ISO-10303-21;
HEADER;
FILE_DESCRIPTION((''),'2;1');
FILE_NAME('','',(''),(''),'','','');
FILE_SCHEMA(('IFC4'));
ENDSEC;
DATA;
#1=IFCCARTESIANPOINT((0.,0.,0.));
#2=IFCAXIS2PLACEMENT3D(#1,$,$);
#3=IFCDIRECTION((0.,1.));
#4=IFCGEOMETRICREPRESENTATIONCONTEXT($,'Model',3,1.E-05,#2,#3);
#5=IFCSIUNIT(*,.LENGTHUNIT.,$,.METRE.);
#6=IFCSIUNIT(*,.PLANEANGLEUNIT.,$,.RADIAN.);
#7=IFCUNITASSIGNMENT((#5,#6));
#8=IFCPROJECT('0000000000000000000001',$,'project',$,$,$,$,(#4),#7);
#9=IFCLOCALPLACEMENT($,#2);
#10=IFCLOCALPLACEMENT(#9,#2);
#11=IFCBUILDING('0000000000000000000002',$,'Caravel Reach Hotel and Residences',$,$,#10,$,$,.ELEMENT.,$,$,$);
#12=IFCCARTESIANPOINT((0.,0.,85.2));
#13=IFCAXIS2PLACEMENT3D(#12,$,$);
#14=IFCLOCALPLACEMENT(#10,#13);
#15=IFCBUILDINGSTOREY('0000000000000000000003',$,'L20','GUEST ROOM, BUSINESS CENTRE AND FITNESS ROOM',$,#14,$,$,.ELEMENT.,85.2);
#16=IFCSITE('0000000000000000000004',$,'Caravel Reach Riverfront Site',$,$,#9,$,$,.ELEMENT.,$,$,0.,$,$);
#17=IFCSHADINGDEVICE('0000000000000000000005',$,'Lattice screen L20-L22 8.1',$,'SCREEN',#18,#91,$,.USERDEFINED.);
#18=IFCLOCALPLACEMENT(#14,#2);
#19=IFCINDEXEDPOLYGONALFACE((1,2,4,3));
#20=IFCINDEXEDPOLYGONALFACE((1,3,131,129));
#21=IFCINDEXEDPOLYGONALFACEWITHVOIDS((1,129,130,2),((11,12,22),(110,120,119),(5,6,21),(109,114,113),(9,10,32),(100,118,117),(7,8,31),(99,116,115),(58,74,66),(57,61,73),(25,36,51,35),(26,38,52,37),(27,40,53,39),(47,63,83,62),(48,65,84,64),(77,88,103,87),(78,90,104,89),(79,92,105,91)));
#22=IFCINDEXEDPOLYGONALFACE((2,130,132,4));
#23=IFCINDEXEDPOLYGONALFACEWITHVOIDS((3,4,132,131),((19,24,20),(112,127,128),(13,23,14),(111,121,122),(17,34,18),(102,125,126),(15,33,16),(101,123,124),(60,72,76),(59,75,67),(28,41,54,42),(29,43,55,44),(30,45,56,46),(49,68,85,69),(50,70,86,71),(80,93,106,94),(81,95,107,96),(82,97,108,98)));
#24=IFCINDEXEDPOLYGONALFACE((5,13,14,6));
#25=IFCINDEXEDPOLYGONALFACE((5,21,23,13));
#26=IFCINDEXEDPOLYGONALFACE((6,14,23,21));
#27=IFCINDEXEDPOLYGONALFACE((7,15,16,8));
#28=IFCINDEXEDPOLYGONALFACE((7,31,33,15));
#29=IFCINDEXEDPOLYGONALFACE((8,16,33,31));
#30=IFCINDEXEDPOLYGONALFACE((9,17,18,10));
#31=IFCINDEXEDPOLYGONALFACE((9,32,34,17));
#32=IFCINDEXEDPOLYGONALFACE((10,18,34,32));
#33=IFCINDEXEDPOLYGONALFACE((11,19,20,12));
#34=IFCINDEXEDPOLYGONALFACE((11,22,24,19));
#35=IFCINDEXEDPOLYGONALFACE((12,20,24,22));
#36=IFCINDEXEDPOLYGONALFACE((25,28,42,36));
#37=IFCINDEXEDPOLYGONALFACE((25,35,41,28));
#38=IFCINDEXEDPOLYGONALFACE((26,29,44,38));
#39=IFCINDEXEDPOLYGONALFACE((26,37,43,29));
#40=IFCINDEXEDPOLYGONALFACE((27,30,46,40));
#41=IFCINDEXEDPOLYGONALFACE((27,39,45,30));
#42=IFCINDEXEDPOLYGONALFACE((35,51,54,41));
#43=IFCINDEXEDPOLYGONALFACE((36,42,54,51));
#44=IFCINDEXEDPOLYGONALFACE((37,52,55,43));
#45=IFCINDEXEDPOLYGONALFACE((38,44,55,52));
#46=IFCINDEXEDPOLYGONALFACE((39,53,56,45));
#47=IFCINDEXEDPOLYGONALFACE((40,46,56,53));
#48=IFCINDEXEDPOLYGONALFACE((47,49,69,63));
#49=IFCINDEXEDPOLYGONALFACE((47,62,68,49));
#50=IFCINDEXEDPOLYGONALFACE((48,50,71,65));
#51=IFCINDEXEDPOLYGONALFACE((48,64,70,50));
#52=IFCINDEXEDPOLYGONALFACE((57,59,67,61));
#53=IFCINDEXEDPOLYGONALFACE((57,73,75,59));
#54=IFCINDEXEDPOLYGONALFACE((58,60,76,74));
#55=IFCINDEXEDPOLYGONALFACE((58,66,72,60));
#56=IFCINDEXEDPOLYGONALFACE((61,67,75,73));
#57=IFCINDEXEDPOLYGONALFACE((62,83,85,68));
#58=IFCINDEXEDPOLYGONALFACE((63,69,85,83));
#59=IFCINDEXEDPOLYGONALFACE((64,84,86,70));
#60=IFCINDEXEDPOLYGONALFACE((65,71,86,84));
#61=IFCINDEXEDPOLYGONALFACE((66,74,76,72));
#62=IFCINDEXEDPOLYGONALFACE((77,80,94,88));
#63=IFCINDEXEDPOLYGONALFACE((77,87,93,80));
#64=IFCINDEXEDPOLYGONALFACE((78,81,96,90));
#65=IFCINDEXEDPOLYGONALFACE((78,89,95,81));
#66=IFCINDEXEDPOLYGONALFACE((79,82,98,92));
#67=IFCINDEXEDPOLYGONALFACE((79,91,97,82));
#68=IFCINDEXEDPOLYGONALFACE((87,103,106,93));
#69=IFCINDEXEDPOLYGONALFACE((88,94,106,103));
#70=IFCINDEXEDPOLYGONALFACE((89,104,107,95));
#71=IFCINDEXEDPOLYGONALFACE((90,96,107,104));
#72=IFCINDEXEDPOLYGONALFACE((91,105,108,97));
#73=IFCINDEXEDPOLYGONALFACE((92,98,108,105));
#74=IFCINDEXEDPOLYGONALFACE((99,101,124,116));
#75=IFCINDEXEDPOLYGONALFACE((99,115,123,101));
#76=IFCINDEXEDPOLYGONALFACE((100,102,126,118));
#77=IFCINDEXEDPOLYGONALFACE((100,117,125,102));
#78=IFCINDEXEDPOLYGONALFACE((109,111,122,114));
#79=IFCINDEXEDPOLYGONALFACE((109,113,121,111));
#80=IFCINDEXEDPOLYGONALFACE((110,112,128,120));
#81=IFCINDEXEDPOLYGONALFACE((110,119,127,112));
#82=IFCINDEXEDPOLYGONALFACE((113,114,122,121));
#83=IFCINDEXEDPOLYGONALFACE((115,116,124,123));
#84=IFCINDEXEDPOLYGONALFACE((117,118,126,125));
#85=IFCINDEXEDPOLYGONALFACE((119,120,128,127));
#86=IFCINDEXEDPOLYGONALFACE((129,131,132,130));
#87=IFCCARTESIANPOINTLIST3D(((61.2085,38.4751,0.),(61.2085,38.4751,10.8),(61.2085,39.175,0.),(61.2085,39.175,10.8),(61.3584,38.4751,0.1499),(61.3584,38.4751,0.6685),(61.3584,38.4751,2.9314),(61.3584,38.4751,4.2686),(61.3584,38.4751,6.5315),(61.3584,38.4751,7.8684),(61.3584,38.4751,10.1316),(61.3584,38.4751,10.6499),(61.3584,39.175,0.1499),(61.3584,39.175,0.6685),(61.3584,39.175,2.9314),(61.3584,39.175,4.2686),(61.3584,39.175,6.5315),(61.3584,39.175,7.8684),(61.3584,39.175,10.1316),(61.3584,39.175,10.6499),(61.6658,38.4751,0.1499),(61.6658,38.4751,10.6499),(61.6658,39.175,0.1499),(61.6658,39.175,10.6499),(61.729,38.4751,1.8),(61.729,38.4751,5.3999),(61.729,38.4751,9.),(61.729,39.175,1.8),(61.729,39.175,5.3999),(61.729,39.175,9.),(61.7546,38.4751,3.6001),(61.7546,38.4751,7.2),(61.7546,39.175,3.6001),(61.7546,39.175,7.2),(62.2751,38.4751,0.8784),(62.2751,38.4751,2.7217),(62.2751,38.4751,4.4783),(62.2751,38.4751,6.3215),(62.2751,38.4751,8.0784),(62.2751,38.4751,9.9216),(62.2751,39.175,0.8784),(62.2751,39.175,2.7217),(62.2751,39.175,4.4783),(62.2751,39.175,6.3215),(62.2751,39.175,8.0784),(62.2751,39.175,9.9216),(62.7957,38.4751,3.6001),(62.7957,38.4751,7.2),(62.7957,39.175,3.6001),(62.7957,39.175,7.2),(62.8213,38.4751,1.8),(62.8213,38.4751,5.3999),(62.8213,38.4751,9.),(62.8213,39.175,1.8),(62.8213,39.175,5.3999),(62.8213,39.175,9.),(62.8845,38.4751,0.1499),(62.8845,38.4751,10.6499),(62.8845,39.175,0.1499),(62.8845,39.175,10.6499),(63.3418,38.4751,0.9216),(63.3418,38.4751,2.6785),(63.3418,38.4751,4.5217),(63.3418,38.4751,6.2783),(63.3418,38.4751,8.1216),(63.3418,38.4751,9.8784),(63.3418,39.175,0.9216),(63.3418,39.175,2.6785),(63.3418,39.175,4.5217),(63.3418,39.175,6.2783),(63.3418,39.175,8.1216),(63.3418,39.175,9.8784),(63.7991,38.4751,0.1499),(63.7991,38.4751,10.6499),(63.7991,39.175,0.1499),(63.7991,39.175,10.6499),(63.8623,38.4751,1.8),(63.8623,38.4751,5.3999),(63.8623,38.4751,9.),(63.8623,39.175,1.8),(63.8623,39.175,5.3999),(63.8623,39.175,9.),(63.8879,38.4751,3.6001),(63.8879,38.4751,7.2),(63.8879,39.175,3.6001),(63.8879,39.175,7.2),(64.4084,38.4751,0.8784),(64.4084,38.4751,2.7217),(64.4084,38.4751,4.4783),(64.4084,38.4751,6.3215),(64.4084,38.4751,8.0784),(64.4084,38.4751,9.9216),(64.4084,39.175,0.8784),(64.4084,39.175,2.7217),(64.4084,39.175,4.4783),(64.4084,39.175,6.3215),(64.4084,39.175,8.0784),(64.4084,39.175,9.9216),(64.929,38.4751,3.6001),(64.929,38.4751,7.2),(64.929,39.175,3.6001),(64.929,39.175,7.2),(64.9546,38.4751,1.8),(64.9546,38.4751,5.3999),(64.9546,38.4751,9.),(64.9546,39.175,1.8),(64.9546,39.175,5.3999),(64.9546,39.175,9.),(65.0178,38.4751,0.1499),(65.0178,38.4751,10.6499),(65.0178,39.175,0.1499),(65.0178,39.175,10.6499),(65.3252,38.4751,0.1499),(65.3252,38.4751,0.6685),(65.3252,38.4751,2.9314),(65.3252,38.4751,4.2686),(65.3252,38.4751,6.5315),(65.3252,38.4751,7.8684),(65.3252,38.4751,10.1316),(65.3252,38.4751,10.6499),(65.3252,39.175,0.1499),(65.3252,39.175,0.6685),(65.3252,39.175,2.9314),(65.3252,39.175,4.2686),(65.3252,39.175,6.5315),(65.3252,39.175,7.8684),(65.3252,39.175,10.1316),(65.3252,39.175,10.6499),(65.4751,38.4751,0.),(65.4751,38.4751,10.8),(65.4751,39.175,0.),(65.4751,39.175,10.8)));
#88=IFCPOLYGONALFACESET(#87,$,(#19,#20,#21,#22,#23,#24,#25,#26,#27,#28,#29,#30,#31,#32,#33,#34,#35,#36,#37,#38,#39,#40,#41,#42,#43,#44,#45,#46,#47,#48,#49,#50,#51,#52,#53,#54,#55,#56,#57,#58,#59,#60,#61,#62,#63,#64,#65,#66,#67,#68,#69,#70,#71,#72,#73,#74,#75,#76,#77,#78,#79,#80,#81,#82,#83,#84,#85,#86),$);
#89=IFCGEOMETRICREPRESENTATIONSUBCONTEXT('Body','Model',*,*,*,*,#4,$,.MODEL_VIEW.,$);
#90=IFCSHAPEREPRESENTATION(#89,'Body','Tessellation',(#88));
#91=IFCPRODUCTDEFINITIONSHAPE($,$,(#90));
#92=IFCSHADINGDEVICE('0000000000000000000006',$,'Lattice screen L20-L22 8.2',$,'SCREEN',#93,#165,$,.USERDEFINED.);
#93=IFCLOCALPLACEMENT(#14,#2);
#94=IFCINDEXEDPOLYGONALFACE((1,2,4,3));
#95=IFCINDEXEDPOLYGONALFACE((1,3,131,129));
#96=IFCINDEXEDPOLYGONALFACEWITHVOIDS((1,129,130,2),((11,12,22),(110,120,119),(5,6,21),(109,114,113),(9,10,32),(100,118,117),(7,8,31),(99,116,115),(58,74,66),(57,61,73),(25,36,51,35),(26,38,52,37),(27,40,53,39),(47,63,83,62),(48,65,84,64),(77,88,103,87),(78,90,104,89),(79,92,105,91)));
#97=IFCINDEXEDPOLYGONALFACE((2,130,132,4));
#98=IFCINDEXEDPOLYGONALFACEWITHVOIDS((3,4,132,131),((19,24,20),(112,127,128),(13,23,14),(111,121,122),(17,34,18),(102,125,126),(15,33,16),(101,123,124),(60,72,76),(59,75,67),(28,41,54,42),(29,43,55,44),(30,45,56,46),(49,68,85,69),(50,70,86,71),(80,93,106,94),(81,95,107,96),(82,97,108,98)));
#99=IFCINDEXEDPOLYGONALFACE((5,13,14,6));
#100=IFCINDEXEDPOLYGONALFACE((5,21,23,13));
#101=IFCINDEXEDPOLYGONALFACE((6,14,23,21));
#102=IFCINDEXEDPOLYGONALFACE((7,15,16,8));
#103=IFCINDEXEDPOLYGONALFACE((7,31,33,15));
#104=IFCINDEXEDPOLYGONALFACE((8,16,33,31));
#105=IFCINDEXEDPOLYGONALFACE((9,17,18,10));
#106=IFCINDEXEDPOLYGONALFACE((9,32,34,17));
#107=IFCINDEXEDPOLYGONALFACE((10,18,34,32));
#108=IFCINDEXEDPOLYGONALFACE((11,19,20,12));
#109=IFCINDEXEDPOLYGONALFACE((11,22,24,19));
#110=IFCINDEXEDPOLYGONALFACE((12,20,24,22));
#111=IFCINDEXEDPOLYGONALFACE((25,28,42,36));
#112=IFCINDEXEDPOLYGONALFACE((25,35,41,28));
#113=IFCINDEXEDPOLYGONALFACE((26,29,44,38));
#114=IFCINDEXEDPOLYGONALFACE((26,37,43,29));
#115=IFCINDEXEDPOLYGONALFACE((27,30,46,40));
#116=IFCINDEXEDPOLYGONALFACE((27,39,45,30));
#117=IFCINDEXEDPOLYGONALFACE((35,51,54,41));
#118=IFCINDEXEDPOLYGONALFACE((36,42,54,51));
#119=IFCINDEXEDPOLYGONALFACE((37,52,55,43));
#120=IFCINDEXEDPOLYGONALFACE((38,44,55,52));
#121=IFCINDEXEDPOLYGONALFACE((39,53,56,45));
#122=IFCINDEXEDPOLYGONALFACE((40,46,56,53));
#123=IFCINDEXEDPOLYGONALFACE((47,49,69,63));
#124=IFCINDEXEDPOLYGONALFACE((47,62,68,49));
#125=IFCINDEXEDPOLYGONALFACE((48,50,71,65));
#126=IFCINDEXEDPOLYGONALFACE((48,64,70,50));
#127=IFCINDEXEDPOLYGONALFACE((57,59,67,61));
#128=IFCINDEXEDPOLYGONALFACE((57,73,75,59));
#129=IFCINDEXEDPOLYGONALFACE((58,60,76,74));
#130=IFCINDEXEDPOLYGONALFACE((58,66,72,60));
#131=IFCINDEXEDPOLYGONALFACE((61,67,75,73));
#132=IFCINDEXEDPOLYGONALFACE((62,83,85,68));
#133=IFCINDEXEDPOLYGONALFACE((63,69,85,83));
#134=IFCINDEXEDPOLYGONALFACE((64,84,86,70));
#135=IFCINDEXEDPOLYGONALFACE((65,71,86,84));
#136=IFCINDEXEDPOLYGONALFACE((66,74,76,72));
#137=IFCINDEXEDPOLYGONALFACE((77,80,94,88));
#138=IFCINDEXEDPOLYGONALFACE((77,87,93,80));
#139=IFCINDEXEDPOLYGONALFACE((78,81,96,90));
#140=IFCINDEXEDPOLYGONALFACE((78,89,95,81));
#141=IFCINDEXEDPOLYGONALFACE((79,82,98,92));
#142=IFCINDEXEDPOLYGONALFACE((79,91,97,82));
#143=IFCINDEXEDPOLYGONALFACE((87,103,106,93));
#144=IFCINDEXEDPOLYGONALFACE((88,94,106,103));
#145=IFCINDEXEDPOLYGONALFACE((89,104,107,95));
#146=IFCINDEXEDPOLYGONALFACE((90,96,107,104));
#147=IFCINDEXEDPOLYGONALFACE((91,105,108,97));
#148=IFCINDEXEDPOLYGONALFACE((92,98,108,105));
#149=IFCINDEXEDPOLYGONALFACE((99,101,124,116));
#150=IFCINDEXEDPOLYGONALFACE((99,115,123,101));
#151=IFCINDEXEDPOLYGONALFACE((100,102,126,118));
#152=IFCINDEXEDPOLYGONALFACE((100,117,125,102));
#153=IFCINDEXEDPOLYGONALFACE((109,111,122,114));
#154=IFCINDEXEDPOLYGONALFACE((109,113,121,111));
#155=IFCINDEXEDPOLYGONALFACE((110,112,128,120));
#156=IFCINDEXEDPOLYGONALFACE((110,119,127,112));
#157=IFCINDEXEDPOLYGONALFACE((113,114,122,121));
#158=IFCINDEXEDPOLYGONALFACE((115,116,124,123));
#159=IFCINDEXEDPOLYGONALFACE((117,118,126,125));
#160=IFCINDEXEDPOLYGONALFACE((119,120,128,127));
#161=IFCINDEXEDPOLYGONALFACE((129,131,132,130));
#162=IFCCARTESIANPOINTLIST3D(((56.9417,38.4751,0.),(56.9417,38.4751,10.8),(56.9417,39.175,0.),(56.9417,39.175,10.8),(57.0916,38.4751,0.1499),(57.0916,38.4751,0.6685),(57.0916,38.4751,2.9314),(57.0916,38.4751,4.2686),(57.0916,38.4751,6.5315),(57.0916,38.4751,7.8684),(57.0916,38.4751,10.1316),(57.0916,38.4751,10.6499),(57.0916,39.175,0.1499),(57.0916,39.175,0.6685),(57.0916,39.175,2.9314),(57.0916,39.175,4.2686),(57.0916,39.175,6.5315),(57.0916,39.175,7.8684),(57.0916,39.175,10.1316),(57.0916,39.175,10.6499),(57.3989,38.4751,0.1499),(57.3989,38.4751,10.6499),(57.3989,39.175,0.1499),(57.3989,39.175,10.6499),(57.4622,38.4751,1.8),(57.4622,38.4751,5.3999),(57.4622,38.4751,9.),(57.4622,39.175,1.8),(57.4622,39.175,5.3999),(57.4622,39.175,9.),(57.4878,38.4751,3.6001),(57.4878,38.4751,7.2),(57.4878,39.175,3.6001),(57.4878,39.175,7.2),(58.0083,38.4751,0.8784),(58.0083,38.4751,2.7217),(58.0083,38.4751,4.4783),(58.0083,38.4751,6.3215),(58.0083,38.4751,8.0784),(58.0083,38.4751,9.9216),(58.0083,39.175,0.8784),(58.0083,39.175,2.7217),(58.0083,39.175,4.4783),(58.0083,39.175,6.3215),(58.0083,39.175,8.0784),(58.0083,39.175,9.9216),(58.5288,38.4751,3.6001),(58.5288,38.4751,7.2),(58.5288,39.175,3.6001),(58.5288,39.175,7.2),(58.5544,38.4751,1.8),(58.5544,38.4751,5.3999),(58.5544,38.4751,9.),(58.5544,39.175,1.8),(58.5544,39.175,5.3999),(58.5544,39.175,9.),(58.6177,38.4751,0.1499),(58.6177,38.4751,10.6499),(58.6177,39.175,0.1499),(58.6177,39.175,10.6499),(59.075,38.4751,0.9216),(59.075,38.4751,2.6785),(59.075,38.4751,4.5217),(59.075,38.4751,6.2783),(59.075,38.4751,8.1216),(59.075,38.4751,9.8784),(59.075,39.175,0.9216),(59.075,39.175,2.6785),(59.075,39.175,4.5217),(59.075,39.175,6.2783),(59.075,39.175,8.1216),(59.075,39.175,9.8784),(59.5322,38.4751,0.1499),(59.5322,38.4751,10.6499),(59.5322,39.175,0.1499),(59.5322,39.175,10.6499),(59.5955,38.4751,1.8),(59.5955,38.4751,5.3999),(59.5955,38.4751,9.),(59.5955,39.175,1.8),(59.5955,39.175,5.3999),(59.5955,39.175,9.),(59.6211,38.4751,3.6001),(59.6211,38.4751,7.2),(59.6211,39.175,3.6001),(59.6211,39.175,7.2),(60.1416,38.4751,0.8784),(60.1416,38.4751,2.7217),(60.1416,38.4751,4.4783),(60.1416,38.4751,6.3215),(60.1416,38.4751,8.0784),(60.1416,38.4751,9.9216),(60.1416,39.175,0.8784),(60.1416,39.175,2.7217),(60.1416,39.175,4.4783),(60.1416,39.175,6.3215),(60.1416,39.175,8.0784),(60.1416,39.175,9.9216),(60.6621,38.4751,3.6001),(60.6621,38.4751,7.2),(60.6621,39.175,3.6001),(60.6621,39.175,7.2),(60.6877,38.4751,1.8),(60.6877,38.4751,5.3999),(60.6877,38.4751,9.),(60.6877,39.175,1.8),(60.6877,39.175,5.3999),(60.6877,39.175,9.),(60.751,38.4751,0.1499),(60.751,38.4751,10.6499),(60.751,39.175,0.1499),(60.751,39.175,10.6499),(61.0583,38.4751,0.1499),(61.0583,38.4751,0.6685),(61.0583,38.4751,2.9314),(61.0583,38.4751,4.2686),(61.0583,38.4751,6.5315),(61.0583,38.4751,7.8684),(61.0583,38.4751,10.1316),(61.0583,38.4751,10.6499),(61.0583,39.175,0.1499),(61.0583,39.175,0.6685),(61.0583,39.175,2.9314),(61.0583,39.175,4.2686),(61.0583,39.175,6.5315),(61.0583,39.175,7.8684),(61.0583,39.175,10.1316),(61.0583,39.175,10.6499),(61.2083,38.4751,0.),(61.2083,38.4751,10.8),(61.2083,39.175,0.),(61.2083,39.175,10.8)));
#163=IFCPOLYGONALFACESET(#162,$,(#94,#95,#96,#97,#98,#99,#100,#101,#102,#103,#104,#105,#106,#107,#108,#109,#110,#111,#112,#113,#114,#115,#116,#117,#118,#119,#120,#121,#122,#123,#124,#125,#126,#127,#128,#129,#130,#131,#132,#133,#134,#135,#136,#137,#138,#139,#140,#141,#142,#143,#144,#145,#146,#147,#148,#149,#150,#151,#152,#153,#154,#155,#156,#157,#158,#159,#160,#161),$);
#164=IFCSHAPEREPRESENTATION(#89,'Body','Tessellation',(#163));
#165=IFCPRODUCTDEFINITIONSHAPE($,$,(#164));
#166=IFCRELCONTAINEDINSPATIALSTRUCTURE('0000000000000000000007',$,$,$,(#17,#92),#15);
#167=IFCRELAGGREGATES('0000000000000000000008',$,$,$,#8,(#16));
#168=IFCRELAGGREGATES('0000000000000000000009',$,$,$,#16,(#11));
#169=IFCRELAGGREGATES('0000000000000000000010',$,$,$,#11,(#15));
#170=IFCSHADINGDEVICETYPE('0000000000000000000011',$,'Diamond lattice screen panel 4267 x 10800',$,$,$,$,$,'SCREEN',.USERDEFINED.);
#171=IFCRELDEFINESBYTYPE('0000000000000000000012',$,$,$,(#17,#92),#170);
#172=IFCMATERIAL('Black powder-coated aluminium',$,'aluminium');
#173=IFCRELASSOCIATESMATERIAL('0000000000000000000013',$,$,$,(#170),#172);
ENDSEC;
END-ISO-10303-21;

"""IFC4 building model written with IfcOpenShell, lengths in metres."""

from ifc_helpers import new_model, si_unit, direction, frame, origin, place, context, subcontext, project, spatial, polyline, outline, extrude, material, type_object, element, save


model = new_model("IFC4")

# Units and contexts
model_context = context("Model", 3, precision=1e-05, world=origin(), true_north=direction((0.0, 1.0)))
body_context = subcontext(model_context, "Body", "Model", "MODEL_VIEW")
ifc_project = project(units=[si_unit("LENGTHUNIT", "METRE"), si_unit("PLANEANGLEUNIT", "RADIAN")], contexts=[model_context])

# Site, building, storey
site_placement = place(None, origin())
site = spatial("IfcSite", under=ifc_project, at=site_placement, Name="Caravel Reach Riverfront Site", CompositionType="ELEMENT", RefElevation=0.0)
building_placement = place(site_placement, origin())
building = spatial("IfcBuilding", under=site, at=building_placement, Name="Caravel Reach Hotel and Residences", CompositionType="ELEMENT")
storey_placement = place(building_placement, frame((0.0, 0.0, 85.2)))
storey = spatial("IfcBuildingStorey", under=building, at=storey_placement, Name="L20", Description="GUEST ROOM, BUSINESS CENTRE AND FITNESS ROOM", CompositionType="ELEMENT", Elevation=85.2)

# Shading devices
ifc_material_1 = material(Name="Black powder-coated aluminium", Category="aluminium")
shading_device_type_1 = type_object("IfcShadingDeviceType", Name="Diamond lattice screen panel 4267 x 10800", ElementType="SCREEN", PredefinedType="USERDEFINED", material=ifc_material_1)
shading_device_1_placement = place(storey_placement, frame((65.4751, 38.4751, 0.0), z_axis=(0.0, 1.0, 0.0), x_axis=(-1.0, 0.0, 0.0)))
element("IfcShadingDevice", 1, at=shading_device_1_placement, inside=storey, type_object=shading_device_type_1, Name="Lattice screen L20-L22 8.1", ObjectType="SCREEN", PredefinedType="USERDEFINED", context=body_context, shape_type="SweptSolid", body=[
    extrude(outline(polyline([(0.0, 0.0), (4.2666, 0.0), (4.2666, 10.8), (0.0, 10.8), (0.0, 0.0)]), holes=[polyline([(0.4573, 0.1499), (0.1499, 0.6685), (0.1499, 0.1499), (0.4573, 0.1499)]), polyline([(0.5461, 3.6001), (0.1499, 4.2686), (0.1499, 2.9314), (0.5461, 3.6001)]), polyline([(0.5461, 7.2), (0.1499, 7.8684), (0.1499, 6.5315), (0.5461, 7.2)]), polyline([(0.1499, 10.1316), (0.4573, 10.6499), (0.1499, 10.6499), (0.1499, 10.1316)]), polyline([(1.0667, 2.7217), (0.5205, 1.8), (1.0667, 0.8784), (1.6128, 1.8), (1.0667, 2.7217)]), polyline([(1.0667, 6.3215), (0.5205, 5.3999), (1.0667, 4.4783), (1.6128, 5.3999), (1.0667, 6.3215)]), polyline([(1.0667, 9.9216), (0.5205, 9.0), (1.0667, 8.0784), (1.6128, 9.0), (1.0667, 9.9216)]), polyline([(2.1333, 0.9216), (1.676, 0.1499), (2.5906, 0.1499), (2.1333, 0.9216)]), polyline([(2.1333, 4.5217), (1.5872, 3.6001), (2.1333, 2.6785), (2.6794, 3.6001), (2.1333, 4.5217)]), polyline([(2.1333, 8.1216), (1.5872, 7.2), (2.1333, 6.2783), (2.6794, 7.2), (2.1333, 8.1216)]), polyline([(2.1333, 9.8784), (2.5906, 10.6499), (1.676, 10.6499), (2.1333, 9.8784)]), polyline([(3.2, 2.7217), (2.6538, 1.8), (3.2, 0.8784), (3.7461, 1.8), (3.2, 2.7217)]), polyline([(3.2, 6.3215), (2.6538, 5.3999), (3.2, 4.4783), (3.7461, 5.3999), (3.2, 6.3215)]), polyline([(3.2, 9.9216), (2.6538, 9.0), (3.2, 8.0784), (3.7461, 9.0), (3.2, 9.9216)]), polyline([(4.1167, 0.6685), (3.8093, 0.1499), (4.1167, 0.1499), (4.1167, 0.6685)]), polyline([(3.7205, 3.6001), (4.1167, 2.9314), (4.1167, 4.2686), (3.7205, 3.6001)]), polyline([(3.7205, 7.2), (4.1167, 6.5315), (4.1167, 7.8684), (3.7205, 7.2)]), polyline([(3.8093, 10.6499), (4.1167, 10.1316), (4.1167, 10.6499), (3.8093, 10.6499)])]), origin(), (0.0, 0.0, 1.0), 0.7),
])
shading_device_2_placement = place(storey_placement, frame((61.2083, 38.4751, 0.0), z_axis=(0.0, 1.0, 0.0), x_axis=(-1.0, 0.0, 0.0)))
element("IfcShadingDevice", 2, at=shading_device_2_placement, inside=storey, type_object=shading_device_type_1, Name="Lattice screen L20-L22 8.2", ObjectType="SCREEN", PredefinedType="USERDEFINED", context=body_context, shape_type="SweptSolid", body=[
    extrude(outline(polyline([(0.0, 0.0), (4.2666, 0.0), (4.2666, 10.8), (0.0, 10.8), (0.0, 0.0)]), holes=[polyline([(0.4573, 0.1499), (0.1499, 0.6685), (0.1499, 0.1499), (0.4573, 0.1499)]), polyline([(0.5461, 3.6001), (0.1499, 4.2686), (0.1499, 2.9314), (0.5461, 3.6001)]), polyline([(0.5461, 7.2), (0.1499, 7.8684), (0.1499, 6.5315), (0.5461, 7.2)]), polyline([(0.1499, 10.1316), (0.4573, 10.6499), (0.1499, 10.6499), (0.1499, 10.1316)]), polyline([(1.0667, 2.7217), (0.5205, 1.8), (1.0667, 0.8784), (1.6128, 1.8), (1.0667, 2.7217)]), polyline([(1.0667, 6.3215), (0.5205, 5.3999), (1.0667, 4.4783), (1.6128, 5.3999), (1.0667, 6.3215)]), polyline([(1.0667, 9.9216), (0.5205, 9.0), (1.0667, 8.0784), (1.6128, 9.0), (1.0667, 9.9216)]), polyline([(2.1333, 0.9216), (1.676, 0.1499), (2.5906, 0.1499), (2.1333, 0.9216)]), polyline([(2.1333, 4.5217), (1.5872, 3.6001), (2.1333, 2.6785), (2.6794, 3.6001), (2.1333, 4.5217)]), polyline([(2.1333, 8.1216), (1.5872, 7.2), (2.1333, 6.2783), (2.6794, 7.2), (2.1333, 8.1216)]), polyline([(2.1333, 9.8784), (2.5906, 10.6499), (1.676, 10.6499), (2.1333, 9.8784)]), polyline([(3.2, 2.7217), (2.6538, 1.8), (3.2, 0.8784), (3.7461, 1.8), (3.2, 2.7217)]), polyline([(3.2, 6.3215), (2.6538, 5.3999), (3.2, 4.4783), (3.7461, 5.3999), (3.2, 6.3215)]), polyline([(3.2, 9.9216), (2.6538, 9.0), (3.2, 8.0784), (3.7461, 9.0), (3.2, 9.9216)]), polyline([(4.1167, 0.6685), (3.8093, 0.1499), (4.1167, 0.1499), (4.1167, 0.6685)]), polyline([(3.7205, 3.6001), (4.1167, 2.9314), (4.1167, 4.2686), (3.7205, 3.6001)]), polyline([(3.7205, 7.2), (4.1167, 6.5315), (4.1167, 7.8684), (3.7205, 7.2)]), polyline([(3.8093, 10.6499), (4.1167, 10.1316), (4.1167, 10.6499), (3.8093, 10.6499)])]), origin(), (0.0, 0.0, 1.0), 0.7),
])

save(model, "model.ifc")
